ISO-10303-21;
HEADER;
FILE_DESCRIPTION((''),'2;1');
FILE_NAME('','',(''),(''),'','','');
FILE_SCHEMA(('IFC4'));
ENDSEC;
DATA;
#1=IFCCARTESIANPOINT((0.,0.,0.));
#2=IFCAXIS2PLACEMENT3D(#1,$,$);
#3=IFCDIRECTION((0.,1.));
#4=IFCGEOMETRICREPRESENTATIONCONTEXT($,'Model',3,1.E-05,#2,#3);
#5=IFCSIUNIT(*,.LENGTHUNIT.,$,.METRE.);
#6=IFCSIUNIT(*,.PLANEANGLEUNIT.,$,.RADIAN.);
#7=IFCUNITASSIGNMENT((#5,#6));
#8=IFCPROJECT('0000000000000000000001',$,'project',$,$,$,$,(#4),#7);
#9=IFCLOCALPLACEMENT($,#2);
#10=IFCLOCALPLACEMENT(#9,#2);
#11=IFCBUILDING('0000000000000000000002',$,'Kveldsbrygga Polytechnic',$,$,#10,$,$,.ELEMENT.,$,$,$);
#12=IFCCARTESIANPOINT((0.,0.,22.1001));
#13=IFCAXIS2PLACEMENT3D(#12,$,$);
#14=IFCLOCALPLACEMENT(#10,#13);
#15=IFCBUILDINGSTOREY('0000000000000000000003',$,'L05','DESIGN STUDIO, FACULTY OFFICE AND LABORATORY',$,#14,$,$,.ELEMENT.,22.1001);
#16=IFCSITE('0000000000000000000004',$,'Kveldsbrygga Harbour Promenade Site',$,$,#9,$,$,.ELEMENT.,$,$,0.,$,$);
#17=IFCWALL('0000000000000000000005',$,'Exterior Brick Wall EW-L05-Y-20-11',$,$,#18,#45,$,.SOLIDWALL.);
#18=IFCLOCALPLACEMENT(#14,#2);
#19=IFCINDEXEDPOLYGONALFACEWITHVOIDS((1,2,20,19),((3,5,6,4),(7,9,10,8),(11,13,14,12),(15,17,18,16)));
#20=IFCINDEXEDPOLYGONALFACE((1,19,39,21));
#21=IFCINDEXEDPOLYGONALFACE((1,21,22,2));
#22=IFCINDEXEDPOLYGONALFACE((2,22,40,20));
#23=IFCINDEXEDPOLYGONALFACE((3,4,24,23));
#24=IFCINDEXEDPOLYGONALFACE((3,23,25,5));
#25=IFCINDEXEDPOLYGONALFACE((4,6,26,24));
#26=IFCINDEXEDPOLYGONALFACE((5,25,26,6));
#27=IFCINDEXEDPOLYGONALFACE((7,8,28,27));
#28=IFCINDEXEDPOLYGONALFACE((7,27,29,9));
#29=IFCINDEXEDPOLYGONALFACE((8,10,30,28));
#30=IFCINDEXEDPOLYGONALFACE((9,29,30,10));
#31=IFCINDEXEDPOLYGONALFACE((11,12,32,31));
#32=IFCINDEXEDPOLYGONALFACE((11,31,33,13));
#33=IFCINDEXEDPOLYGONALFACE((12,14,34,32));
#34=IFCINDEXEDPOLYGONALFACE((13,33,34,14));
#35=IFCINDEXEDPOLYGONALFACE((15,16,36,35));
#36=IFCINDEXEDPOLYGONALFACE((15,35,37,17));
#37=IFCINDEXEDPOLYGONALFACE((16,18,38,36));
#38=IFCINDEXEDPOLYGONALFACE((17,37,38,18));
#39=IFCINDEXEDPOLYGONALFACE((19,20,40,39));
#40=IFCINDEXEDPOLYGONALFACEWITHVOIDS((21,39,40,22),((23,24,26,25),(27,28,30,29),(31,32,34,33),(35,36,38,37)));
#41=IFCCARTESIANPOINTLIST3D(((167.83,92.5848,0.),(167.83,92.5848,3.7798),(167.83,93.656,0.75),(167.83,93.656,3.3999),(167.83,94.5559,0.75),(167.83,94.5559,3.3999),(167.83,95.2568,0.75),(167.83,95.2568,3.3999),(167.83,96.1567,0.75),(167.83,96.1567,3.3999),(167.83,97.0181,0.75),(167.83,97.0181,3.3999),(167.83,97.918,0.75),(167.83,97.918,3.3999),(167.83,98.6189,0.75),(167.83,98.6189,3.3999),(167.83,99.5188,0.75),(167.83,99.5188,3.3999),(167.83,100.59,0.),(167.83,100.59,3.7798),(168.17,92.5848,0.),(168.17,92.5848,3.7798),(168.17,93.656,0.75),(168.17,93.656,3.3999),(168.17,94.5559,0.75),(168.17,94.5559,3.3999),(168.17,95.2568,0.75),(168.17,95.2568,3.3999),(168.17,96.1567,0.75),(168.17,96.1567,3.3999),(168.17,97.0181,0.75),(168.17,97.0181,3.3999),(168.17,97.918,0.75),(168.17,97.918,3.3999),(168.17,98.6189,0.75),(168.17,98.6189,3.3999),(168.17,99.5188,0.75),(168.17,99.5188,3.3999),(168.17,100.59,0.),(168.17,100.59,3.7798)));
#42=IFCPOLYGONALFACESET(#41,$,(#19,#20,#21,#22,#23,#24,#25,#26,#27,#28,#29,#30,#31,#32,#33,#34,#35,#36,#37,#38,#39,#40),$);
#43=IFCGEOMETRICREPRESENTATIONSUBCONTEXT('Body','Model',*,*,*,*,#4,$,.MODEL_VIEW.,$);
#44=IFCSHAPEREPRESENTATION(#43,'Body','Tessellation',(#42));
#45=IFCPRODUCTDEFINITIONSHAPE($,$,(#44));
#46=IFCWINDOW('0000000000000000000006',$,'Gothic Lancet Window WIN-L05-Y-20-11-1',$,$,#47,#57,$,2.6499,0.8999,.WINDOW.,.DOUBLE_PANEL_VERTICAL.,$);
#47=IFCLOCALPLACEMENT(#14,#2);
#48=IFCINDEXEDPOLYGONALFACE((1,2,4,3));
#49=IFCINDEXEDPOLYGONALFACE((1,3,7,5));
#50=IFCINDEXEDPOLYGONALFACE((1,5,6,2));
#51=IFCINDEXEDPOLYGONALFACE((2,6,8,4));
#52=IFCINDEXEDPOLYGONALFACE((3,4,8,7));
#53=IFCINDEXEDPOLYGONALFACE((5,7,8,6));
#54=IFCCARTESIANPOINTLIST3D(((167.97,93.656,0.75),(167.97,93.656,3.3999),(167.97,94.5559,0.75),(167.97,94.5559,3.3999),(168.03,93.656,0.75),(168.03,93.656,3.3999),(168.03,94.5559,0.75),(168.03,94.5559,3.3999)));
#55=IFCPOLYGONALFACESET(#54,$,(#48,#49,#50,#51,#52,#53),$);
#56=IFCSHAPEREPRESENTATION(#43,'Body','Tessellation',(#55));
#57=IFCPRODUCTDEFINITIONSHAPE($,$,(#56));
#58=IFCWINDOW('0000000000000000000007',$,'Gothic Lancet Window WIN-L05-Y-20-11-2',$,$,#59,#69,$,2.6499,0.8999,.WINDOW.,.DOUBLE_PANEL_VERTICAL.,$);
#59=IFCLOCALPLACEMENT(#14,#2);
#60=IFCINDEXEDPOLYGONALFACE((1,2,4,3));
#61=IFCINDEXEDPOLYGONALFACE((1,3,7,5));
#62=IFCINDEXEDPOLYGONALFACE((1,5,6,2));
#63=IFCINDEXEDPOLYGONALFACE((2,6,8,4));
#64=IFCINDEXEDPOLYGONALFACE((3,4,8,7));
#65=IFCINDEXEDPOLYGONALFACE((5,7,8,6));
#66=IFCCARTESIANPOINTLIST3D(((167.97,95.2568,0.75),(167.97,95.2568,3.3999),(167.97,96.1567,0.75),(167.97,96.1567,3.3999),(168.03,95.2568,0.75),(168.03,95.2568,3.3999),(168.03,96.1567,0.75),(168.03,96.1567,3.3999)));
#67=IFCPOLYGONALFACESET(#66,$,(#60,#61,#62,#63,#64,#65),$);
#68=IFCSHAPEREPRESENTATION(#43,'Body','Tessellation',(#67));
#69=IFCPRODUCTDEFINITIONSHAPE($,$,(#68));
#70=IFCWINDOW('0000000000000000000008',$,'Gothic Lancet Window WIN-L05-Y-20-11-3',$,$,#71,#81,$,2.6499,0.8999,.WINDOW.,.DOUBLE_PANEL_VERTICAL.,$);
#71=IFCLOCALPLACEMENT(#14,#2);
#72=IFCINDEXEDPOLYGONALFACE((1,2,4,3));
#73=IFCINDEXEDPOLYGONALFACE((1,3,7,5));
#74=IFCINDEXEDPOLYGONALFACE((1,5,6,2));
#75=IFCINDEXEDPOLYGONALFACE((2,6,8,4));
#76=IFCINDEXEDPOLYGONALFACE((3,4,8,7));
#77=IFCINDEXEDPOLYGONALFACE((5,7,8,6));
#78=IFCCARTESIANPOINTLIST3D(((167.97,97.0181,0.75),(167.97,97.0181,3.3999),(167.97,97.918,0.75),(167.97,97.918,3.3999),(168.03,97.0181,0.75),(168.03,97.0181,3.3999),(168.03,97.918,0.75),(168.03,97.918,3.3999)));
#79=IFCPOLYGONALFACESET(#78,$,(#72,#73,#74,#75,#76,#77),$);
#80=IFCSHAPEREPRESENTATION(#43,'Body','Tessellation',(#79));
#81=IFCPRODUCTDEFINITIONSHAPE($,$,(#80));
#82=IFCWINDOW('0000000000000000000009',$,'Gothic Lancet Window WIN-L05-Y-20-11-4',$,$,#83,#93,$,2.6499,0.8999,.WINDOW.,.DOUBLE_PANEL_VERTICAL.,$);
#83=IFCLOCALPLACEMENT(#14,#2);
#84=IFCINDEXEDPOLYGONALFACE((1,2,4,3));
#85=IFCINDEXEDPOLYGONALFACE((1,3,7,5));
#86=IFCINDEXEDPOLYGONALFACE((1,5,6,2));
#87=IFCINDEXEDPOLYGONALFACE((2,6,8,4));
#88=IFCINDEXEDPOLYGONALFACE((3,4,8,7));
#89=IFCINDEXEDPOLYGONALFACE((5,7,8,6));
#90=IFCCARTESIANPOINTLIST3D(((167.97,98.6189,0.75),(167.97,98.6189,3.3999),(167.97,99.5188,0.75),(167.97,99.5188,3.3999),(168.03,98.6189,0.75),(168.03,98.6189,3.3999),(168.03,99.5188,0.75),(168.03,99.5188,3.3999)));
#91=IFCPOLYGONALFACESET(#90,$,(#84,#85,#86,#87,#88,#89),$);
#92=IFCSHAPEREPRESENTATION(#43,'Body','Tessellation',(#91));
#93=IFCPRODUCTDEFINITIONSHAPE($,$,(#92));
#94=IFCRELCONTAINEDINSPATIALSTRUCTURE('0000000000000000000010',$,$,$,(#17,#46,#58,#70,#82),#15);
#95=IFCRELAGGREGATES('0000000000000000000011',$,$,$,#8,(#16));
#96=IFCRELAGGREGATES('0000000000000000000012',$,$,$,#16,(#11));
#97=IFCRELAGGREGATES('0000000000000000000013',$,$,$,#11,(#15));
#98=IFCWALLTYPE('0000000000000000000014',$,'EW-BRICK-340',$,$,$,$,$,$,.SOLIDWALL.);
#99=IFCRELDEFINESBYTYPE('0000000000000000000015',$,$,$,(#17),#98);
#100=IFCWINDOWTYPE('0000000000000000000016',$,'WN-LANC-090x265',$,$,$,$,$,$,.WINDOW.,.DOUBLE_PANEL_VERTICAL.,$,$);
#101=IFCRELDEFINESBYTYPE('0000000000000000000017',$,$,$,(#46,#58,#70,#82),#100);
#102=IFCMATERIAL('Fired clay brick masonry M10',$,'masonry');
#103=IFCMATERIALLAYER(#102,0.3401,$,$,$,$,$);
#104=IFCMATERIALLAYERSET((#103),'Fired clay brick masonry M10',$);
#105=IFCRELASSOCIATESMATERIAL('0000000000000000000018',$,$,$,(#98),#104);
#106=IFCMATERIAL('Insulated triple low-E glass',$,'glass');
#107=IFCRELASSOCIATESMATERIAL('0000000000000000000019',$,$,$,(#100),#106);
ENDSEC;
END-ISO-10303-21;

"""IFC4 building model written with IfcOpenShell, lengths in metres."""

from ifc_helpers import new_model, si_unit, direction, frame, frame_2d, origin, place, context, subcontext, project, spatial, rectangle, extrude, material, layer, layer_set, type_object, element, fill, save


model = new_model("IFC4")

# Units and contexts
model_context = context("Model", 3, precision=1e-05, world=origin(), true_north=direction((0.0, 1.0)))
body_context = subcontext(model_context, "Body", "Model", "MODEL_VIEW")
ifc_project = project(units=[si_unit("LENGTHUNIT", "METRE"), si_unit("PLANEANGLEUNIT", "RADIAN")], contexts=[model_context])

# Site, building, storey
site_placement = place(None, origin())
site = spatial("IfcSite", under=ifc_project, at=site_placement, Name="Kveldsbrygga Harbour Promenade Site", CompositionType="ELEMENT", RefElevation=0.0)
building_placement = place(site_placement, origin())
building = spatial("IfcBuilding", under=site, at=building_placement, Name="Kveldsbrygga Polytechnic", CompositionType="ELEMENT")
storey_placement = place(building_placement, frame((0.0, 0.0, 22.1001)))
storey = spatial("IfcBuildingStorey", under=building, at=storey_placement, Name="L05", Description="DESIGN STUDIO, FACULTY OFFICE AND LABORATORY", CompositionType="ELEMENT", Elevation=22.1001)

# Wall, openings, windows
ifc_material_1 = material(Name="Fired clay brick masonry M10", Category="masonry")
ifc_layer_1 = layer(ifc_material_1, 0.3401)
ifc_layer_set_1 = layer_set([ifc_layer_1], Name="Fired clay brick masonry M10")
wall_type = type_object("IfcWallType", Name="EW-BRICK-340", PredefinedType="SOLIDWALL", material=ifc_layer_set_1)
ifc_material_2 = material(Name="Insulated triple low-E glass", Category="glass")
wall_1_placement = place(storey_placement, frame((168.0, 92.585, 0.0), z_axis=(0.0, 0.0, 1.0), x_axis=(0.0, 1.0, 0.0)))
wall_1 = element("IfcWall", 1, at=wall_1_placement, inside=storey, type_object=wall_type, Name="Exterior Brick Wall EW-L05-Y-20-11", PredefinedType="SOLIDWALL", context=body_context, shape_type="SweptSolid", body=[
    extrude(rectangle(XDim=8.0051, YDim=0.3401, at=frame_2d((4.0024, 0.0))), origin(), (0.0, 0.0, 1.0), 3.7798),
])
opening_1_placement = place(wall_1_placement, frame((1.071, 0.0, 0.75)))
opening_1 = element("IfcOpeningElement", 2, at=opening_1_placement, cuts=wall_1, PredefinedType="OPENING", context=body_context, shape_type="SweptSolid", body=[
    extrude(rectangle(XDim=0.8999, YDim=2.6499, at=frame_2d((0.45, 1.325))), frame((0.0, 0.1802, 0.0), z_axis=(0.0, -1.0, 0.0), x_axis=(1.0, 0.0, 0.0)), (0.0, 0.0, 1.0), 0.3601),
])
opening_2_placement = place(wall_1_placement, frame((2.6719, 0.0, 0.75)))
opening_2 = element("IfcOpeningElement", 3, at=opening_2_placement, cuts=wall_1, PredefinedType="OPENING", context=body_context, shape_type="SweptSolid", body=[
    extrude(rectangle(XDim=0.8999, YDim=2.6499, at=frame_2d((0.45, 1.325))), frame((0.0, 0.1802, 0.0), z_axis=(0.0, -1.0, 0.0), x_axis=(1.0, 0.0, 0.0)), (0.0, 0.0, 1.0), 0.3601),
])
opening_3_placement = place(wall_1_placement, frame((4.4331, 0.0, 0.75)))
opening_3 = element("IfcOpeningElement", 4, at=opening_3_placement, cuts=wall_1, PredefinedType="OPENING", context=body_context, shape_type="SweptSolid", body=[
    extrude(rectangle(XDim=0.8999, YDim=2.6499, at=frame_2d((0.45, 1.325))), frame((0.0, 0.1802, 0.0), z_axis=(0.0, -1.0, 0.0), x_axis=(1.0, 0.0, 0.0)), (0.0, 0.0, 1.0), 0.3601),
])
opening_4_placement = place(wall_1_placement, frame((6.0339, 0.0, 0.75)))
opening_4 = element("IfcOpeningElement", 5, at=opening_4_placement, cuts=wall_1, PredefinedType="OPENING", context=body_context, shape_type="SweptSolid", body=[
    extrude(rectangle(XDim=0.8999, YDim=2.6499, at=frame_2d((0.45, 1.325))), frame((0.0, 0.1802, 0.0), z_axis=(0.0, -1.0, 0.0), x_axis=(1.0, 0.0, 0.0)), (0.0, 0.0, 1.0), 0.3601),
])
window_type_1 = type_object("IfcWindowType", Name="WN-LANC-090x265", PartitioningType="DOUBLE_PANEL_VERTICAL", PredefinedType="WINDOW", material=ifc_material_2)
window_1_placement = place(opening_1_placement, origin())
window_1 = element("IfcWindow", 6, at=window_1_placement, inside=storey, type_object=window_type_1, Name="Gothic Lancet Window WIN-L05-Y-20-11-1", OverallHeight=2.6499, OverallWidth=0.8999, PartitioningType="DOUBLE_PANEL_VERTICAL", PredefinedType="WINDOW", context=body_context, shape_type="SweptSolid", body=[
    extrude(rectangle(XDim=0.8999, YDim=2.6499, at=frame_2d((0.45, 1.325))), frame((0.0, 0.03, 0.0), z_axis=(0.0, -1.0, 0.0), x_axis=(1.0, 0.0, 0.0)), (0.0, 0.0, 1.0), 0.0601),
])
fill(opening_1, window_1)
window_2_placement = place(opening_2_placement, origin())
window_2 = element("IfcWindow", 7, at=window_2_placement, inside=storey, type_object=window_type_1, Name="Gothic Lancet Window WIN-L05-Y-20-11-2", OverallHeight=2.6499, OverallWidth=0.8999, PartitioningType="DOUBLE_PANEL_VERTICAL", PredefinedType="WINDOW", context=body_context, shape_type="SweptSolid", body=[
    extrude(rectangle(XDim=0.8999, YDim=2.6499, at=frame_2d((0.45, 1.325))), frame((0.0, 0.03, 0.0), z_axis=(0.0, -1.0, 0.0), x_axis=(1.0, 0.0, 0.0)), (0.0, 0.0, 1.0), 0.0601),
])
fill(opening_2, window_2)
window_3_placement = place(opening_3_placement, origin())
window_3 = element("IfcWindow", 8, at=window_3_placement, inside=storey, type_object=window_type_1, Name="Gothic Lancet Window WIN-L05-Y-20-11-3", OverallHeight=2.6499, OverallWidth=0.8999, PartitioningType="DOUBLE_PANEL_VERTICAL", PredefinedType="WINDOW", context=body_context, shape_type="SweptSolid", body=[
    extrude(rectangle(XDim=0.8999, YDim=2.6499, at=frame_2d((0.45, 1.325))), frame((0.0, 0.03, 0.0), z_axis=(0.0, -1.0, 0.0), x_axis=(1.0, 0.0, 0.0)), (0.0, 0.0, 1.0), 0.0601),
])
fill(opening_3, window_3)
window_4_placement = place(opening_4_placement, origin())
window_4 = element("IfcWindow", 9, at=window_4_placement, inside=storey, type_object=window_type_1, Name="Gothic Lancet Window WIN-L05-Y-20-11-4", OverallHeight=2.6499, OverallWidth=0.8999, PartitioningType="DOUBLE_PANEL_VERTICAL", PredefinedType="WINDOW", context=body_context, shape_type="SweptSolid", body=[
    extrude(rectangle(XDim=0.8999, YDim=2.6499, at=frame_2d((0.45, 1.325))), frame((0.0, 0.03, 0.0), z_axis=(0.0, -1.0, 0.0), x_axis=(1.0, 0.0, 0.0)), (0.0, 0.0, 1.0), 0.0601),
])
fill(opening_4, window_4)

save(model, "model.ifc")
